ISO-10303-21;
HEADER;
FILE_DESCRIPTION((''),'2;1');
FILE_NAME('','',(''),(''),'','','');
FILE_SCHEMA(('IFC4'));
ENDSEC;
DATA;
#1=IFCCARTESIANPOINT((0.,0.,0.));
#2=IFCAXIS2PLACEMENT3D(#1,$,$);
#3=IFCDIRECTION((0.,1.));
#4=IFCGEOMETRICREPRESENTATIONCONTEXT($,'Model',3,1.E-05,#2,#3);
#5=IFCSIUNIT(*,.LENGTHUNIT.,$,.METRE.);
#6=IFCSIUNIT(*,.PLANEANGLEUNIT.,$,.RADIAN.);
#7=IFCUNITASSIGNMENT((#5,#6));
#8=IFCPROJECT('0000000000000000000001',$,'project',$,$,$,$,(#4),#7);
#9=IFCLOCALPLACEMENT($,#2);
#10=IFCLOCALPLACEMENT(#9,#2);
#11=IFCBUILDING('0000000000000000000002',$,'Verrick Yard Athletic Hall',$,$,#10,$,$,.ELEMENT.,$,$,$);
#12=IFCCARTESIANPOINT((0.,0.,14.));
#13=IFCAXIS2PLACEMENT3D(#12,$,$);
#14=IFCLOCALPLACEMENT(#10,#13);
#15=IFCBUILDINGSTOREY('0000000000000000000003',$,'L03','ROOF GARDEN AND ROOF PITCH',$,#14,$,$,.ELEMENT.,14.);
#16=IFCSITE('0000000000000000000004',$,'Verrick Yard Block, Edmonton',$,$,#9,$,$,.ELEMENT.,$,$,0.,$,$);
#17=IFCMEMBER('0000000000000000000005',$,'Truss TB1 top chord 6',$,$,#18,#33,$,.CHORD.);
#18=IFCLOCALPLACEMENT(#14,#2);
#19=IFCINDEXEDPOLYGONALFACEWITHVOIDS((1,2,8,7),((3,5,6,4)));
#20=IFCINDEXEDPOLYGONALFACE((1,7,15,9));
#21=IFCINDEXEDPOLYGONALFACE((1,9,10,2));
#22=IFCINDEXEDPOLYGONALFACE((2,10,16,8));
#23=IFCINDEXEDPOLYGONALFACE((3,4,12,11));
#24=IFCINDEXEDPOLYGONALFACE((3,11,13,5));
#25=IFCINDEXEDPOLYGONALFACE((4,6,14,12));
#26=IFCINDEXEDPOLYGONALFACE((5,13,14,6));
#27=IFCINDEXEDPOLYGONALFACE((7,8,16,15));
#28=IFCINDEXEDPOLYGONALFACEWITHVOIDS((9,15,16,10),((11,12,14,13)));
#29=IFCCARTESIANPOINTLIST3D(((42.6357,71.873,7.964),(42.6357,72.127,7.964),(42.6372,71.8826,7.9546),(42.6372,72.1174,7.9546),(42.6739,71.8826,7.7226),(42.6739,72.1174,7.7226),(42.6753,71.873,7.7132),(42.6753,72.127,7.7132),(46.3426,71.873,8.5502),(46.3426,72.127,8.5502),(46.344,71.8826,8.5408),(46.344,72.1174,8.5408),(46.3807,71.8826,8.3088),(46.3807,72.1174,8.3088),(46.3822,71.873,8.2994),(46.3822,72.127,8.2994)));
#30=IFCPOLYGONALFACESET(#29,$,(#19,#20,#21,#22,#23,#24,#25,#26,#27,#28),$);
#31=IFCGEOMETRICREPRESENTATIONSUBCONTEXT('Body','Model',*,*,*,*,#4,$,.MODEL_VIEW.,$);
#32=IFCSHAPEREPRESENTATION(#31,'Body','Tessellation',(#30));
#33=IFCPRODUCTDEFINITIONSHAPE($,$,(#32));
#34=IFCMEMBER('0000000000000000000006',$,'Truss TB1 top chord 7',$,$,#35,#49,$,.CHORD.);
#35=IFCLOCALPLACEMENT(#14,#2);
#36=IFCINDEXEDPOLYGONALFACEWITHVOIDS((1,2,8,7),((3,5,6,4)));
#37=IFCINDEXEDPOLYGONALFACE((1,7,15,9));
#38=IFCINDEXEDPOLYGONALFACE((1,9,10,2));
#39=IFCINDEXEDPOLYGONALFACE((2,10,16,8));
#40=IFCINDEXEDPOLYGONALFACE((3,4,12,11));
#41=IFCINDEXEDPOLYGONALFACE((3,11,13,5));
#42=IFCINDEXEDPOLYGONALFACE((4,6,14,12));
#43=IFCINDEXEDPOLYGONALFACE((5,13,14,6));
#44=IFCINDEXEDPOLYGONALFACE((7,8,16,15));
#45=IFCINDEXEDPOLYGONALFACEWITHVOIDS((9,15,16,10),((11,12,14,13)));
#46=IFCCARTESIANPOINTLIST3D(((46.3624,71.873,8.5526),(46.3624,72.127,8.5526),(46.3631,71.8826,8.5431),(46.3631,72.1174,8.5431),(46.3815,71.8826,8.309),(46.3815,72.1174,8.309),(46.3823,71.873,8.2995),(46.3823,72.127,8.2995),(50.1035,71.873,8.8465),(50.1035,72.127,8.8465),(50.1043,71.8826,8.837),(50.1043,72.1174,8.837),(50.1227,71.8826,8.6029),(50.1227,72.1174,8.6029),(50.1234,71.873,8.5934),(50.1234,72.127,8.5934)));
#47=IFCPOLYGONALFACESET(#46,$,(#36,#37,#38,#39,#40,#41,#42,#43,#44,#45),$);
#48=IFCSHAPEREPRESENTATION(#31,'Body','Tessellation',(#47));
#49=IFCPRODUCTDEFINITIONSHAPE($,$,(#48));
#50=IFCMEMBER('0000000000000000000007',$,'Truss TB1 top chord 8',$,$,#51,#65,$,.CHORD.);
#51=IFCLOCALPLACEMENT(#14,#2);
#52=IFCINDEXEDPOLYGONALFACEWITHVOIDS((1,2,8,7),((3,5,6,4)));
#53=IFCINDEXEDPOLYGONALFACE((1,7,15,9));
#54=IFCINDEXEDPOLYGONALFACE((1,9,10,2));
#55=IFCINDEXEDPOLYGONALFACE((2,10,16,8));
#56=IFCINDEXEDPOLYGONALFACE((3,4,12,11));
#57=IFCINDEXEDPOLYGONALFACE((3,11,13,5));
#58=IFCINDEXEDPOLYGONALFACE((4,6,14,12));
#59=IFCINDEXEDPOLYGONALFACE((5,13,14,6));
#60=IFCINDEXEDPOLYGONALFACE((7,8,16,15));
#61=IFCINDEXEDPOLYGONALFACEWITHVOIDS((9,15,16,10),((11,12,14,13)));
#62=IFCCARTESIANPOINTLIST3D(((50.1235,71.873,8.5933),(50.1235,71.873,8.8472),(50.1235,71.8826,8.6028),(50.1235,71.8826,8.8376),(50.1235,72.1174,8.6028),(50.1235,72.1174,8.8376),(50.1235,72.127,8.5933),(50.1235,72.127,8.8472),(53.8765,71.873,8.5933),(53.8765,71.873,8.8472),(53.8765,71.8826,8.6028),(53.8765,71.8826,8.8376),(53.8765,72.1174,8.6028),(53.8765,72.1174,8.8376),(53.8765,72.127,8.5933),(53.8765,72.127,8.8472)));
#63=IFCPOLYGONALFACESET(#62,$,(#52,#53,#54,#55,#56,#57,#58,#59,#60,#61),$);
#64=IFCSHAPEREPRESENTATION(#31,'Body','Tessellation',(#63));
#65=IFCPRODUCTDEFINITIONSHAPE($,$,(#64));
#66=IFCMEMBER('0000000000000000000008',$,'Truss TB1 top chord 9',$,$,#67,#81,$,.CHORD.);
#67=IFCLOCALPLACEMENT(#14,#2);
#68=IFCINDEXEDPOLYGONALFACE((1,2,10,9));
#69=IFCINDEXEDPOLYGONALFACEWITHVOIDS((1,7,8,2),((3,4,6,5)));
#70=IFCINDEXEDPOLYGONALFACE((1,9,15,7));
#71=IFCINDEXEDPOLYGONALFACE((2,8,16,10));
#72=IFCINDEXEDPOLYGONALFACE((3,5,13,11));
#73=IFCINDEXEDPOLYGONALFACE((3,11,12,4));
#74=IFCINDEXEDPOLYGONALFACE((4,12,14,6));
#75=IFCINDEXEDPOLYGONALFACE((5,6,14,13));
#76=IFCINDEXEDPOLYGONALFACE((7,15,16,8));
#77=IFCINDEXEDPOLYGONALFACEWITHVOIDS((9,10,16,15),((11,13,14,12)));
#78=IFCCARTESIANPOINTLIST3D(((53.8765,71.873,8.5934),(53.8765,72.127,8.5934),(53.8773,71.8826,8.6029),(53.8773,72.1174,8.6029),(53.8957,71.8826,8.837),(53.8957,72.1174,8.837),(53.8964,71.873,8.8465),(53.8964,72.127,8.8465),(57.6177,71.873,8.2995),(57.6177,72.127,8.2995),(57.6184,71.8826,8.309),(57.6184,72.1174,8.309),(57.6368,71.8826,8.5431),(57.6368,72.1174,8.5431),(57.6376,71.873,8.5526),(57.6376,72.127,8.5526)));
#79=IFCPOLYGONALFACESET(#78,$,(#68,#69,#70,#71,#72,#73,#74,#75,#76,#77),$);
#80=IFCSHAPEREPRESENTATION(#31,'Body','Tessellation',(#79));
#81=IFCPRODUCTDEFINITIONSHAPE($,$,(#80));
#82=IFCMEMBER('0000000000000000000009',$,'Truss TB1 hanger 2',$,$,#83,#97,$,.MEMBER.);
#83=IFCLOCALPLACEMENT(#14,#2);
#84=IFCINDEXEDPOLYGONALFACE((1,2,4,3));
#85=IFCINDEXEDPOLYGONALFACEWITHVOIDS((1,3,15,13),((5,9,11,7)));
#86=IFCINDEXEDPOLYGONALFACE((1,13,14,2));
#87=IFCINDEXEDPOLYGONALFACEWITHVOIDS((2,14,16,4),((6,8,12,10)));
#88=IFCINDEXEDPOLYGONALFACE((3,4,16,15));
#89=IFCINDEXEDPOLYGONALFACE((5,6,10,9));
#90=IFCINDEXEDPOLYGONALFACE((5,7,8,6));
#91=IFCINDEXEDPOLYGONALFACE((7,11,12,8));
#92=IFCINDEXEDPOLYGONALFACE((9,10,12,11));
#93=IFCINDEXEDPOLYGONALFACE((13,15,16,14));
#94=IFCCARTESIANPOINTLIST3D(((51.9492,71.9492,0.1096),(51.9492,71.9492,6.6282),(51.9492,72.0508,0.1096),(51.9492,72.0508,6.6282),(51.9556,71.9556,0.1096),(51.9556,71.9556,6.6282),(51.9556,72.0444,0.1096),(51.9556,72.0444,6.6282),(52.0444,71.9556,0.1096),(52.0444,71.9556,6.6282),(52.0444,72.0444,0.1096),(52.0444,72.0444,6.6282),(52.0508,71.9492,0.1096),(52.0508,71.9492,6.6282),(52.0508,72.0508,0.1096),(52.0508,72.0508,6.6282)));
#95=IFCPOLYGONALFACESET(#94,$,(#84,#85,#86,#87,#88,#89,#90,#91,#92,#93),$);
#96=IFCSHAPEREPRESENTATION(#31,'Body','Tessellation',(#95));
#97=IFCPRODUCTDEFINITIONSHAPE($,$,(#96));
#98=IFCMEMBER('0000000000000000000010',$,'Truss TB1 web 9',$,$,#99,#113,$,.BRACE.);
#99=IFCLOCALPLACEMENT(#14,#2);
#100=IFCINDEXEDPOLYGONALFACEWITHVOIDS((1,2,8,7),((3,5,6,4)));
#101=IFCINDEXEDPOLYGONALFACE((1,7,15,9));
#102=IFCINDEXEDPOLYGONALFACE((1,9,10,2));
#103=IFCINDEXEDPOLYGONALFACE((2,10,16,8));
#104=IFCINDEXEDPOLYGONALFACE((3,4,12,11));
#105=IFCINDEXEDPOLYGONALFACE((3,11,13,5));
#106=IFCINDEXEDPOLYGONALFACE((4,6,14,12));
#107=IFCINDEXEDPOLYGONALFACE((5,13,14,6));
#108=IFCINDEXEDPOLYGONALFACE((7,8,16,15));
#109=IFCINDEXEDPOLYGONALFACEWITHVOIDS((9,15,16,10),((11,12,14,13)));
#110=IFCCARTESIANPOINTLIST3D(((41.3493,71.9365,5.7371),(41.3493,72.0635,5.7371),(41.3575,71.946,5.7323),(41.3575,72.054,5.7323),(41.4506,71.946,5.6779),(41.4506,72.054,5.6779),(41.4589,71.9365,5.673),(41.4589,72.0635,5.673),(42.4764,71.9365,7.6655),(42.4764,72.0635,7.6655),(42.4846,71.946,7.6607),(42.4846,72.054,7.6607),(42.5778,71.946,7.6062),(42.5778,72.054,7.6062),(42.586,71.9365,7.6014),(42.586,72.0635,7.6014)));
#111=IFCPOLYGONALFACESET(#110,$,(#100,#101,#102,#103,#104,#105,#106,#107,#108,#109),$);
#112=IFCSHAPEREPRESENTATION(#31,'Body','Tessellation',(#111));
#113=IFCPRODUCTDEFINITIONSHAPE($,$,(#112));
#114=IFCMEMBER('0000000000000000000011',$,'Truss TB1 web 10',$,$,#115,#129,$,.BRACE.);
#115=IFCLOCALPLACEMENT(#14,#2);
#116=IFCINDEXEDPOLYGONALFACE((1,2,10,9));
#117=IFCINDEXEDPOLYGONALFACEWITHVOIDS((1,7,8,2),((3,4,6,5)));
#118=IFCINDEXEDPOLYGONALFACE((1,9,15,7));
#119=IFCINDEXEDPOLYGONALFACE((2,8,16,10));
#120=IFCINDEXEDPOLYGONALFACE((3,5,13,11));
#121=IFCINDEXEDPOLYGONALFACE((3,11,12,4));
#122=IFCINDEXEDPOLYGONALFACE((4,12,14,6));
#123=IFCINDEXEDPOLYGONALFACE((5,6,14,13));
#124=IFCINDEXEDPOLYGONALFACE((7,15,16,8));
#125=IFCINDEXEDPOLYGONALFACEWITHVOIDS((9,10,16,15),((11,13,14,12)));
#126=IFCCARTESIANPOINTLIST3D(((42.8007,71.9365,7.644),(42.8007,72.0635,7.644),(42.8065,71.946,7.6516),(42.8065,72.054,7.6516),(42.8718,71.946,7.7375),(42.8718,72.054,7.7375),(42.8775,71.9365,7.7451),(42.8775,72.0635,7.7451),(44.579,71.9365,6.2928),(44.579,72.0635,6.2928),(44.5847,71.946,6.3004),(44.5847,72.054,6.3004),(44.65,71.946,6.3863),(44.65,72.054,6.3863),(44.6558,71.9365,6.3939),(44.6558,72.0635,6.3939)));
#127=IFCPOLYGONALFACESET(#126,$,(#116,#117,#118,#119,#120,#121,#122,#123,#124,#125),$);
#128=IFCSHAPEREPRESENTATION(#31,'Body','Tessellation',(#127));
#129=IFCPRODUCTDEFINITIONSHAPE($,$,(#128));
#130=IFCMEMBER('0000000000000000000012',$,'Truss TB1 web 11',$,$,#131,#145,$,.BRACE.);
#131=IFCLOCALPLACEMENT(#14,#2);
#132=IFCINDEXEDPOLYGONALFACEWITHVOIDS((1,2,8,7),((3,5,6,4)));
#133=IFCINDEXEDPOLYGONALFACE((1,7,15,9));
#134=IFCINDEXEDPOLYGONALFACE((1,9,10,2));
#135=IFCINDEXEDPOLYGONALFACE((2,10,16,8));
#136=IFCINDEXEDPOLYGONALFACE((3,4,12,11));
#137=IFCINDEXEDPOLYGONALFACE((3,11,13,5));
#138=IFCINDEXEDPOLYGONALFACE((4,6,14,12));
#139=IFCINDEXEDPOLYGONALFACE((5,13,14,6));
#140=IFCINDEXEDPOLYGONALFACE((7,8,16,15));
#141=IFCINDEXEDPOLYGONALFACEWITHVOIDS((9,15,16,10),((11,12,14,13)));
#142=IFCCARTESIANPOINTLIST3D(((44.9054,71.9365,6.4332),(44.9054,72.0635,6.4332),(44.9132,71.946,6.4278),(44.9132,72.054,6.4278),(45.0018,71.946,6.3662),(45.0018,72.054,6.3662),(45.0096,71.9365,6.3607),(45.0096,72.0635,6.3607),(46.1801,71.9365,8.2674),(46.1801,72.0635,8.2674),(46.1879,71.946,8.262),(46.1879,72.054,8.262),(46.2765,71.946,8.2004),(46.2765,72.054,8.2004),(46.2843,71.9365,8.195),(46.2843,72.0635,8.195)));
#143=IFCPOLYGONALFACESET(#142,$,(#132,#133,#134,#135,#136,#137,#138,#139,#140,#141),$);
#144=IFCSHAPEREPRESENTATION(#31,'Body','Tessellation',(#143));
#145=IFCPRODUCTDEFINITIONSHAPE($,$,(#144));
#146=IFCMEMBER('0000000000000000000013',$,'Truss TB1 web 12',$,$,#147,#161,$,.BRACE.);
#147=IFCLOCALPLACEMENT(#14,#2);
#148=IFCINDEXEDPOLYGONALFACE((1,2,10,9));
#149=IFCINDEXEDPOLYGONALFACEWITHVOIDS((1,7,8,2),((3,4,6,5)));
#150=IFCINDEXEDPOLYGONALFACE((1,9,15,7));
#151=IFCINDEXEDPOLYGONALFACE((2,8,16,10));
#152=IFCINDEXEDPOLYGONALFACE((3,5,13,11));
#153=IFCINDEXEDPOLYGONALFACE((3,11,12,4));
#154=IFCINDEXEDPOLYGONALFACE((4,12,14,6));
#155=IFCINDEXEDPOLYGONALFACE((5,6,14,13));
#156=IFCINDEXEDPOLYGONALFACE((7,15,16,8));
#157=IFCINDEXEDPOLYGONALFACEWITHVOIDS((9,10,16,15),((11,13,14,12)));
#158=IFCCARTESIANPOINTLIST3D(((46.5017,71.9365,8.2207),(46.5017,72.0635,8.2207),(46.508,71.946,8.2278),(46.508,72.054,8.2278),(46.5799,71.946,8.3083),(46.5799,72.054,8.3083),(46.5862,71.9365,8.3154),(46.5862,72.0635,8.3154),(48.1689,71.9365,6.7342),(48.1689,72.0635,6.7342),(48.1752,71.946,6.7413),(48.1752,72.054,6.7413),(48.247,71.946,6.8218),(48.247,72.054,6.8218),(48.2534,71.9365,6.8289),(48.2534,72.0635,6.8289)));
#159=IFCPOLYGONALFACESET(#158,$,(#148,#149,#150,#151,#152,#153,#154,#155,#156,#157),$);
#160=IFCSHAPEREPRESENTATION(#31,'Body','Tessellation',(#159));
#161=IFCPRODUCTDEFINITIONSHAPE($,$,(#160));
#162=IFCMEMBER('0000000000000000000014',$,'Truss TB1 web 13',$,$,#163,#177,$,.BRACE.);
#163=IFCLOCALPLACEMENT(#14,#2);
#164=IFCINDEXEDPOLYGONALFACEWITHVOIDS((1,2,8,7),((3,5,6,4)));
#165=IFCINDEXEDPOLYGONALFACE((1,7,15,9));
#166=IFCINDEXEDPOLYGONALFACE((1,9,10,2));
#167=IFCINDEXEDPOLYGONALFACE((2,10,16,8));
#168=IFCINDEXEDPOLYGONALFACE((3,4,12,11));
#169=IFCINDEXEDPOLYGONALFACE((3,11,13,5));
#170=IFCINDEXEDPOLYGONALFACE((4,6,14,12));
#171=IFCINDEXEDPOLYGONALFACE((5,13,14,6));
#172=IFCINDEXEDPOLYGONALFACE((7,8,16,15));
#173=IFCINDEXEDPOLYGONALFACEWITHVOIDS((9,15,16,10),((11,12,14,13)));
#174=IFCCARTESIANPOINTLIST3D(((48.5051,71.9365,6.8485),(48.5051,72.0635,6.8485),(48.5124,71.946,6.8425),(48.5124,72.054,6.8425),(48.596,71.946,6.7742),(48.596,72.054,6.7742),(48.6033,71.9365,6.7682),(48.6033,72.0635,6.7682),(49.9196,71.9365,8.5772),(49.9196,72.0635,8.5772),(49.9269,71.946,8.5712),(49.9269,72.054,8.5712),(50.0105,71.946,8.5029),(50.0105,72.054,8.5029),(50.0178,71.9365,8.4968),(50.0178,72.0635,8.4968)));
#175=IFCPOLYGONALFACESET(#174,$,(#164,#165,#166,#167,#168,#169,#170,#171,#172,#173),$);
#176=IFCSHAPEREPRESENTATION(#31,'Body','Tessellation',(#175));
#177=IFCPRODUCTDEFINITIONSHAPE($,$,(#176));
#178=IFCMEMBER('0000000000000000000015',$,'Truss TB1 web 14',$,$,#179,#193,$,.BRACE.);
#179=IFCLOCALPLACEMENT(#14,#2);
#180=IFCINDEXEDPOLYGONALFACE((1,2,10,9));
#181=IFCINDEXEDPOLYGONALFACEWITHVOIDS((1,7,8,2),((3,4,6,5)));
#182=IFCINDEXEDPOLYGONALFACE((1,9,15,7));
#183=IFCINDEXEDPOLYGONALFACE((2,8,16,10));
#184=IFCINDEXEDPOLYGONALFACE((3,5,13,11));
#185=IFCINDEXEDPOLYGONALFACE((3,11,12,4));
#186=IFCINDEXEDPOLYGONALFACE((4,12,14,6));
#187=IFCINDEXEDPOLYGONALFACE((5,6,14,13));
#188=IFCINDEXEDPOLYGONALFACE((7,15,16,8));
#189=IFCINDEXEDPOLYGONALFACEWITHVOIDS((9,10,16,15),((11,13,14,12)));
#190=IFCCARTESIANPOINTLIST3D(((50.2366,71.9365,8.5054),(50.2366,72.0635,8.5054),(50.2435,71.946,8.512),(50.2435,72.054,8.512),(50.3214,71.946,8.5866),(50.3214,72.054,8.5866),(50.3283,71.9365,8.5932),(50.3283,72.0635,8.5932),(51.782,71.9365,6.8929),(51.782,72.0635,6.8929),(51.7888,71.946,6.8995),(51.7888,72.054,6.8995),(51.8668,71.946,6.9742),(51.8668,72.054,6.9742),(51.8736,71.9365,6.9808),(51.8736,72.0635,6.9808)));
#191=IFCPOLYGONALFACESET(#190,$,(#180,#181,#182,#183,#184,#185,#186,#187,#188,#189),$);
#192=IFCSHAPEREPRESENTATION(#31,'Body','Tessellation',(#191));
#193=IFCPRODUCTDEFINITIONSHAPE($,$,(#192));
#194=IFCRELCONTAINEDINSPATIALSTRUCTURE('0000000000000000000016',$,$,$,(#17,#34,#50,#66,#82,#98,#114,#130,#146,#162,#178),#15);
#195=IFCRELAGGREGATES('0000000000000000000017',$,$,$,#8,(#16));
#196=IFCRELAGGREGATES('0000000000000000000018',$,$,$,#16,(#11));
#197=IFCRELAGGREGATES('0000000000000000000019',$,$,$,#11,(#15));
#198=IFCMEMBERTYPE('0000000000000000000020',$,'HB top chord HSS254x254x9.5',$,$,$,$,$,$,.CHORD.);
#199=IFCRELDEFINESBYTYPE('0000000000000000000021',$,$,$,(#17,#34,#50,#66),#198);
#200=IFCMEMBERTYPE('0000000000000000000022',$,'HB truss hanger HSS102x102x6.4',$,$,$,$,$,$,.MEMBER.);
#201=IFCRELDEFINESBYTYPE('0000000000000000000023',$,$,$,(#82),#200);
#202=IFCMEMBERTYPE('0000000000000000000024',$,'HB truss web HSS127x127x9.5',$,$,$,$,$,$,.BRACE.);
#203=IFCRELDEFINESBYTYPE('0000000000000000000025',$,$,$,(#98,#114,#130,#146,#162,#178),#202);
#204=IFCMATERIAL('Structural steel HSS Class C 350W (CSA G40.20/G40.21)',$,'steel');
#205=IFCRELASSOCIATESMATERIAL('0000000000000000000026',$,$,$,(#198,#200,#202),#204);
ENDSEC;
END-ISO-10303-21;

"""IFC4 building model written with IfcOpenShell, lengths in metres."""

from ifc_helpers import new_model, si_unit, direction, frame, origin, origin_2d, place, context, subcontext, project, spatial, hollow_rectangle, extrude, material, material_profile, profile_set, type_object, element, save


model = new_model("IFC4")

# Units and contexts
model_context = context("Model", 3, precision=1e-05, world=origin(), true_north=direction((0.0, 1.0)))
body_context = subcontext(model_context, "Body", "Model", "MODEL_VIEW")
ifc_project = project(units=[si_unit("LENGTHUNIT", "METRE"), si_unit("PLANEANGLEUNIT", "RADIAN")], contexts=[model_context])

# Site, building, storey
site_placement = place(None, origin())
site = spatial("IfcSite", under=ifc_project, at=site_placement, Name="Verrick Yard Block, Edmonton", CompositionType="ELEMENT", RefElevation=0.0)
building_placement = place(site_placement, origin())
building = spatial("IfcBuilding", under=site, at=building_placement, Name="Verrick Yard Athletic Hall", CompositionType="ELEMENT")
storey_placement = place(building_placement, frame((0.0, 0.0, 14.0)))
storey = spatial("IfcBuildingStorey", under=building, at=storey_placement, Name="L03", Description="ROOF GARDEN AND ROOF PITCH", CompositionType="ELEMENT", Elevation=14.0)

# Members
ifc_material_1 = material(Name="Structural steel HSS Class C 350W (CSA G40.20/G40.21)", Category="steel")
ifc_material_profile_1 = material_profile(ifc_material_1, hollow_rectangle(XDim=0.2539, YDim=0.2539, WallThickness=0.0095, at=origin_2d()), Name="HSS254x254x9.5")
ifc_profile_set_1 = profile_set([ifc_material_profile_1], Name="Structural steel HSS Class C 350W (CSA G40.20/G40.21)")
member_type_1 = type_object("IfcMemberType", Name="HB top chord HSS254x254x9.5", PredefinedType="CHORD", material=ifc_profile_set_1)
member_1_placement = place(storey_placement, frame((42.6555, 72.0, 7.8386), z_axis=(0.987726, 0.0, 0.156196), x_axis=(0.0, 1.0, 0.0)))
element("IfcMember", 1, at=member_1_placement, inside=storey, type_object=member_type_1, Name="Truss TB1 top chord 6", PredefinedType="CHORD", context=body_context, shape_type="SweptSolid", body=[
    extrude(hollow_rectangle(XDim=0.2539, YDim=0.2539, WallThickness=0.0095, at=origin_2d()), origin(), (0.0, 0.0, 1.0), 3.7529),
])
member_2_placement = place(storey_placement, frame((46.3723, 72.0, 8.426), z_axis=(0.996928, 0.0, 0.078328), x_axis=(0.0, 1.0, 0.0)))
element("IfcMember", 2, at=member_2_placement, inside=storey, type_object=member_type_1, Name="Truss TB1 top chord 7", PredefinedType="CHORD", context=body_context, shape_type="SweptSolid", body=[
    extrude(hollow_rectangle(XDim=0.2539, YDim=0.2539, WallThickness=0.0095, at=origin_2d()), origin(), (0.0, 0.0, 1.0), 3.7527),
])
member_3_placement = place(storey_placement, frame((50.1235, 72.0, 8.7202), z_axis=(1.0, 0.0, 0.0), x_axis=(0.0, 1.0, 0.0)))
element("IfcMember", 3, at=member_3_placement, inside=storey, type_object=member_type_1, Name="Truss TB1 top chord 8", PredefinedType="CHORD", context=body_context, shape_type="SweptSolid", body=[
    extrude(hollow_rectangle(XDim=0.2539, YDim=0.2539, WallThickness=0.0095, at=origin_2d()), origin(), (0.0, 0.0, 1.0), 3.7529),
])
member_4_placement = place(storey_placement, frame((53.8865, 72.0, 8.72), z_axis=(0.996928, 0.0, -0.078328), x_axis=(0.0, 1.0, 0.0)))
element("IfcMember", 4, at=member_4_placement, inside=storey, type_object=member_type_1, Name="Truss TB1 top chord 9", PredefinedType="CHORD", context=body_context, shape_type="SweptSolid", body=[
    extrude(hollow_rectangle(XDim=0.2539, YDim=0.2539, WallThickness=0.0095, at=origin_2d()), origin(), (0.0, 0.0, 1.0), 3.7527),
])
ifc_material_profile_2 = material_profile(ifc_material_1, hollow_rectangle(XDim=0.1016, YDim=0.1016, WallThickness=0.0063, at=origin_2d()), Name="HSS102x102x6.4")
ifc_profile_set_2 = profile_set([ifc_material_profile_2], Name="Structural steel HSS Class C 350W (CSA G40.20/G40.21)")
member_type_2 = type_object("IfcMemberType", Name="HB truss hanger HSS102x102x6.4", PredefinedType="MEMBER", material=ifc_profile_set_2)
member_5_placement = place(storey_placement, frame((52.0, 72.0, 6.6282), z_axis=(0.0, 0.0, -1.0), x_axis=(0.0, -1.0, 0.0)))
element("IfcMember", 5, at=member_5_placement, inside=storey, type_object=member_type_2, Name="Truss TB1 hanger 2", PredefinedType="MEMBER", context=body_context, shape_type="SweptSolid", body=[
    extrude(hollow_rectangle(XDim=0.1016, YDim=0.1016, WallThickness=0.0063, at=origin_2d()), origin(), (0.0, 0.0, 1.0), 6.5186),
])
ifc_material_profile_3 = material_profile(ifc_material_1, hollow_rectangle(XDim=0.127, YDim=0.127, WallThickness=0.0095, at=origin_2d()), Name="HSS127x127x9.5")
ifc_profile_set_3 = profile_set([ifc_material_profile_3], Name="Structural steel HSS Class C 350W (CSA G40.20/G40.21)")
member_type_3 = type_object("IfcMemberType", Name="HB truss web HSS127x127x9.5", PredefinedType="BRACE", material=ifc_profile_set_3)
member_6_placement = place(storey_placement, frame((41.4041, 72.0, 5.7051), z_axis=(0.504625, 0.0, 0.863339), x_axis=(0.0, 1.0, 0.0)))
element("IfcMember", 6, at=member_6_placement, inside=storey, type_object=member_type_3, Name="Truss TB1 web 9", PredefinedType="BRACE", context=body_context, shape_type="SweptSolid", body=[
    extrude(hollow_rectangle(XDim=0.127, YDim=0.127, WallThickness=0.0095, at=origin_2d()), origin(), (0.0, 0.0, 1.0), 2.2336),
])
member_7_placement = place(storey_placement, frame((42.8391, 72.0, 7.6946), z_axis=(0.796206, 0.0, -0.605025), x_axis=(0.0, 1.0, 0.0)))
element("IfcMember", 7, at=member_7_placement, inside=storey, type_object=member_type_3, Name="Truss TB1 web 10", PredefinedType="BRACE", context=body_context, shape_type="SweptSolid", body=[
    extrude(hollow_rectangle(XDim=0.127, YDim=0.127, WallThickness=0.0095, at=origin_2d()), origin(), (0.0, 0.0, 1.0), 2.2334),
])
for number, where, z_axis, x_axis, name in (
    (8, (44.9575, 72.0, 6.397), (0.570664, 0.0, 0.821184), (0.0, 1.0, 0.0), "Truss TB1 web 11"),
    (9, (46.5439, 72.0, 8.2681), (0.746389, 0.0, -0.66551), (0.0, 1.0, 0.0), "Truss TB1 web 12"),
    (10, (48.5542, 72.0, 6.8083), (0.633268, 0.0, 0.773933), (0.0, 1.0, 0.0), "Truss TB1 web 13"),
):
    element("IfcMember", number, at=place(storey_placement, frame(where, z_axis=z_axis, x_axis=x_axis)), inside=storey, type_object=member_type_3, Name=name, PredefinedType="BRACE", context=body_context, shape_type="SweptSolid", body=[
        extrude(hollow_rectangle(XDim=0.127, YDim=0.127, WallThickness=0.0095, at=origin_2d()), origin(), (0.0, 0.0, 1.0), 2.2336),
    ])
for number, where, z_axis, x_axis, name in (
    (11, (50.2825, 72.0, 8.5493), (0.691917, 0.0, -0.721977), (0.0, 1.0, 0.0), "Truss TB1 web 14"),
):
    element("IfcMember", number, at=place(storey_placement, frame(where, z_axis=z_axis, x_axis=x_axis)), inside=storey, type_object=member_type_3, Name=name, PredefinedType="BRACE", context=body_context, shape_type="SweptSolid", body=[
        extrude(hollow_rectangle(XDim=0.127, YDim=0.127, WallThickness=0.0095, at=origin_2d()), origin(), (0.0, 0.0, 1.0), 2.2334),
    ])

save(model, "model.ifc")
